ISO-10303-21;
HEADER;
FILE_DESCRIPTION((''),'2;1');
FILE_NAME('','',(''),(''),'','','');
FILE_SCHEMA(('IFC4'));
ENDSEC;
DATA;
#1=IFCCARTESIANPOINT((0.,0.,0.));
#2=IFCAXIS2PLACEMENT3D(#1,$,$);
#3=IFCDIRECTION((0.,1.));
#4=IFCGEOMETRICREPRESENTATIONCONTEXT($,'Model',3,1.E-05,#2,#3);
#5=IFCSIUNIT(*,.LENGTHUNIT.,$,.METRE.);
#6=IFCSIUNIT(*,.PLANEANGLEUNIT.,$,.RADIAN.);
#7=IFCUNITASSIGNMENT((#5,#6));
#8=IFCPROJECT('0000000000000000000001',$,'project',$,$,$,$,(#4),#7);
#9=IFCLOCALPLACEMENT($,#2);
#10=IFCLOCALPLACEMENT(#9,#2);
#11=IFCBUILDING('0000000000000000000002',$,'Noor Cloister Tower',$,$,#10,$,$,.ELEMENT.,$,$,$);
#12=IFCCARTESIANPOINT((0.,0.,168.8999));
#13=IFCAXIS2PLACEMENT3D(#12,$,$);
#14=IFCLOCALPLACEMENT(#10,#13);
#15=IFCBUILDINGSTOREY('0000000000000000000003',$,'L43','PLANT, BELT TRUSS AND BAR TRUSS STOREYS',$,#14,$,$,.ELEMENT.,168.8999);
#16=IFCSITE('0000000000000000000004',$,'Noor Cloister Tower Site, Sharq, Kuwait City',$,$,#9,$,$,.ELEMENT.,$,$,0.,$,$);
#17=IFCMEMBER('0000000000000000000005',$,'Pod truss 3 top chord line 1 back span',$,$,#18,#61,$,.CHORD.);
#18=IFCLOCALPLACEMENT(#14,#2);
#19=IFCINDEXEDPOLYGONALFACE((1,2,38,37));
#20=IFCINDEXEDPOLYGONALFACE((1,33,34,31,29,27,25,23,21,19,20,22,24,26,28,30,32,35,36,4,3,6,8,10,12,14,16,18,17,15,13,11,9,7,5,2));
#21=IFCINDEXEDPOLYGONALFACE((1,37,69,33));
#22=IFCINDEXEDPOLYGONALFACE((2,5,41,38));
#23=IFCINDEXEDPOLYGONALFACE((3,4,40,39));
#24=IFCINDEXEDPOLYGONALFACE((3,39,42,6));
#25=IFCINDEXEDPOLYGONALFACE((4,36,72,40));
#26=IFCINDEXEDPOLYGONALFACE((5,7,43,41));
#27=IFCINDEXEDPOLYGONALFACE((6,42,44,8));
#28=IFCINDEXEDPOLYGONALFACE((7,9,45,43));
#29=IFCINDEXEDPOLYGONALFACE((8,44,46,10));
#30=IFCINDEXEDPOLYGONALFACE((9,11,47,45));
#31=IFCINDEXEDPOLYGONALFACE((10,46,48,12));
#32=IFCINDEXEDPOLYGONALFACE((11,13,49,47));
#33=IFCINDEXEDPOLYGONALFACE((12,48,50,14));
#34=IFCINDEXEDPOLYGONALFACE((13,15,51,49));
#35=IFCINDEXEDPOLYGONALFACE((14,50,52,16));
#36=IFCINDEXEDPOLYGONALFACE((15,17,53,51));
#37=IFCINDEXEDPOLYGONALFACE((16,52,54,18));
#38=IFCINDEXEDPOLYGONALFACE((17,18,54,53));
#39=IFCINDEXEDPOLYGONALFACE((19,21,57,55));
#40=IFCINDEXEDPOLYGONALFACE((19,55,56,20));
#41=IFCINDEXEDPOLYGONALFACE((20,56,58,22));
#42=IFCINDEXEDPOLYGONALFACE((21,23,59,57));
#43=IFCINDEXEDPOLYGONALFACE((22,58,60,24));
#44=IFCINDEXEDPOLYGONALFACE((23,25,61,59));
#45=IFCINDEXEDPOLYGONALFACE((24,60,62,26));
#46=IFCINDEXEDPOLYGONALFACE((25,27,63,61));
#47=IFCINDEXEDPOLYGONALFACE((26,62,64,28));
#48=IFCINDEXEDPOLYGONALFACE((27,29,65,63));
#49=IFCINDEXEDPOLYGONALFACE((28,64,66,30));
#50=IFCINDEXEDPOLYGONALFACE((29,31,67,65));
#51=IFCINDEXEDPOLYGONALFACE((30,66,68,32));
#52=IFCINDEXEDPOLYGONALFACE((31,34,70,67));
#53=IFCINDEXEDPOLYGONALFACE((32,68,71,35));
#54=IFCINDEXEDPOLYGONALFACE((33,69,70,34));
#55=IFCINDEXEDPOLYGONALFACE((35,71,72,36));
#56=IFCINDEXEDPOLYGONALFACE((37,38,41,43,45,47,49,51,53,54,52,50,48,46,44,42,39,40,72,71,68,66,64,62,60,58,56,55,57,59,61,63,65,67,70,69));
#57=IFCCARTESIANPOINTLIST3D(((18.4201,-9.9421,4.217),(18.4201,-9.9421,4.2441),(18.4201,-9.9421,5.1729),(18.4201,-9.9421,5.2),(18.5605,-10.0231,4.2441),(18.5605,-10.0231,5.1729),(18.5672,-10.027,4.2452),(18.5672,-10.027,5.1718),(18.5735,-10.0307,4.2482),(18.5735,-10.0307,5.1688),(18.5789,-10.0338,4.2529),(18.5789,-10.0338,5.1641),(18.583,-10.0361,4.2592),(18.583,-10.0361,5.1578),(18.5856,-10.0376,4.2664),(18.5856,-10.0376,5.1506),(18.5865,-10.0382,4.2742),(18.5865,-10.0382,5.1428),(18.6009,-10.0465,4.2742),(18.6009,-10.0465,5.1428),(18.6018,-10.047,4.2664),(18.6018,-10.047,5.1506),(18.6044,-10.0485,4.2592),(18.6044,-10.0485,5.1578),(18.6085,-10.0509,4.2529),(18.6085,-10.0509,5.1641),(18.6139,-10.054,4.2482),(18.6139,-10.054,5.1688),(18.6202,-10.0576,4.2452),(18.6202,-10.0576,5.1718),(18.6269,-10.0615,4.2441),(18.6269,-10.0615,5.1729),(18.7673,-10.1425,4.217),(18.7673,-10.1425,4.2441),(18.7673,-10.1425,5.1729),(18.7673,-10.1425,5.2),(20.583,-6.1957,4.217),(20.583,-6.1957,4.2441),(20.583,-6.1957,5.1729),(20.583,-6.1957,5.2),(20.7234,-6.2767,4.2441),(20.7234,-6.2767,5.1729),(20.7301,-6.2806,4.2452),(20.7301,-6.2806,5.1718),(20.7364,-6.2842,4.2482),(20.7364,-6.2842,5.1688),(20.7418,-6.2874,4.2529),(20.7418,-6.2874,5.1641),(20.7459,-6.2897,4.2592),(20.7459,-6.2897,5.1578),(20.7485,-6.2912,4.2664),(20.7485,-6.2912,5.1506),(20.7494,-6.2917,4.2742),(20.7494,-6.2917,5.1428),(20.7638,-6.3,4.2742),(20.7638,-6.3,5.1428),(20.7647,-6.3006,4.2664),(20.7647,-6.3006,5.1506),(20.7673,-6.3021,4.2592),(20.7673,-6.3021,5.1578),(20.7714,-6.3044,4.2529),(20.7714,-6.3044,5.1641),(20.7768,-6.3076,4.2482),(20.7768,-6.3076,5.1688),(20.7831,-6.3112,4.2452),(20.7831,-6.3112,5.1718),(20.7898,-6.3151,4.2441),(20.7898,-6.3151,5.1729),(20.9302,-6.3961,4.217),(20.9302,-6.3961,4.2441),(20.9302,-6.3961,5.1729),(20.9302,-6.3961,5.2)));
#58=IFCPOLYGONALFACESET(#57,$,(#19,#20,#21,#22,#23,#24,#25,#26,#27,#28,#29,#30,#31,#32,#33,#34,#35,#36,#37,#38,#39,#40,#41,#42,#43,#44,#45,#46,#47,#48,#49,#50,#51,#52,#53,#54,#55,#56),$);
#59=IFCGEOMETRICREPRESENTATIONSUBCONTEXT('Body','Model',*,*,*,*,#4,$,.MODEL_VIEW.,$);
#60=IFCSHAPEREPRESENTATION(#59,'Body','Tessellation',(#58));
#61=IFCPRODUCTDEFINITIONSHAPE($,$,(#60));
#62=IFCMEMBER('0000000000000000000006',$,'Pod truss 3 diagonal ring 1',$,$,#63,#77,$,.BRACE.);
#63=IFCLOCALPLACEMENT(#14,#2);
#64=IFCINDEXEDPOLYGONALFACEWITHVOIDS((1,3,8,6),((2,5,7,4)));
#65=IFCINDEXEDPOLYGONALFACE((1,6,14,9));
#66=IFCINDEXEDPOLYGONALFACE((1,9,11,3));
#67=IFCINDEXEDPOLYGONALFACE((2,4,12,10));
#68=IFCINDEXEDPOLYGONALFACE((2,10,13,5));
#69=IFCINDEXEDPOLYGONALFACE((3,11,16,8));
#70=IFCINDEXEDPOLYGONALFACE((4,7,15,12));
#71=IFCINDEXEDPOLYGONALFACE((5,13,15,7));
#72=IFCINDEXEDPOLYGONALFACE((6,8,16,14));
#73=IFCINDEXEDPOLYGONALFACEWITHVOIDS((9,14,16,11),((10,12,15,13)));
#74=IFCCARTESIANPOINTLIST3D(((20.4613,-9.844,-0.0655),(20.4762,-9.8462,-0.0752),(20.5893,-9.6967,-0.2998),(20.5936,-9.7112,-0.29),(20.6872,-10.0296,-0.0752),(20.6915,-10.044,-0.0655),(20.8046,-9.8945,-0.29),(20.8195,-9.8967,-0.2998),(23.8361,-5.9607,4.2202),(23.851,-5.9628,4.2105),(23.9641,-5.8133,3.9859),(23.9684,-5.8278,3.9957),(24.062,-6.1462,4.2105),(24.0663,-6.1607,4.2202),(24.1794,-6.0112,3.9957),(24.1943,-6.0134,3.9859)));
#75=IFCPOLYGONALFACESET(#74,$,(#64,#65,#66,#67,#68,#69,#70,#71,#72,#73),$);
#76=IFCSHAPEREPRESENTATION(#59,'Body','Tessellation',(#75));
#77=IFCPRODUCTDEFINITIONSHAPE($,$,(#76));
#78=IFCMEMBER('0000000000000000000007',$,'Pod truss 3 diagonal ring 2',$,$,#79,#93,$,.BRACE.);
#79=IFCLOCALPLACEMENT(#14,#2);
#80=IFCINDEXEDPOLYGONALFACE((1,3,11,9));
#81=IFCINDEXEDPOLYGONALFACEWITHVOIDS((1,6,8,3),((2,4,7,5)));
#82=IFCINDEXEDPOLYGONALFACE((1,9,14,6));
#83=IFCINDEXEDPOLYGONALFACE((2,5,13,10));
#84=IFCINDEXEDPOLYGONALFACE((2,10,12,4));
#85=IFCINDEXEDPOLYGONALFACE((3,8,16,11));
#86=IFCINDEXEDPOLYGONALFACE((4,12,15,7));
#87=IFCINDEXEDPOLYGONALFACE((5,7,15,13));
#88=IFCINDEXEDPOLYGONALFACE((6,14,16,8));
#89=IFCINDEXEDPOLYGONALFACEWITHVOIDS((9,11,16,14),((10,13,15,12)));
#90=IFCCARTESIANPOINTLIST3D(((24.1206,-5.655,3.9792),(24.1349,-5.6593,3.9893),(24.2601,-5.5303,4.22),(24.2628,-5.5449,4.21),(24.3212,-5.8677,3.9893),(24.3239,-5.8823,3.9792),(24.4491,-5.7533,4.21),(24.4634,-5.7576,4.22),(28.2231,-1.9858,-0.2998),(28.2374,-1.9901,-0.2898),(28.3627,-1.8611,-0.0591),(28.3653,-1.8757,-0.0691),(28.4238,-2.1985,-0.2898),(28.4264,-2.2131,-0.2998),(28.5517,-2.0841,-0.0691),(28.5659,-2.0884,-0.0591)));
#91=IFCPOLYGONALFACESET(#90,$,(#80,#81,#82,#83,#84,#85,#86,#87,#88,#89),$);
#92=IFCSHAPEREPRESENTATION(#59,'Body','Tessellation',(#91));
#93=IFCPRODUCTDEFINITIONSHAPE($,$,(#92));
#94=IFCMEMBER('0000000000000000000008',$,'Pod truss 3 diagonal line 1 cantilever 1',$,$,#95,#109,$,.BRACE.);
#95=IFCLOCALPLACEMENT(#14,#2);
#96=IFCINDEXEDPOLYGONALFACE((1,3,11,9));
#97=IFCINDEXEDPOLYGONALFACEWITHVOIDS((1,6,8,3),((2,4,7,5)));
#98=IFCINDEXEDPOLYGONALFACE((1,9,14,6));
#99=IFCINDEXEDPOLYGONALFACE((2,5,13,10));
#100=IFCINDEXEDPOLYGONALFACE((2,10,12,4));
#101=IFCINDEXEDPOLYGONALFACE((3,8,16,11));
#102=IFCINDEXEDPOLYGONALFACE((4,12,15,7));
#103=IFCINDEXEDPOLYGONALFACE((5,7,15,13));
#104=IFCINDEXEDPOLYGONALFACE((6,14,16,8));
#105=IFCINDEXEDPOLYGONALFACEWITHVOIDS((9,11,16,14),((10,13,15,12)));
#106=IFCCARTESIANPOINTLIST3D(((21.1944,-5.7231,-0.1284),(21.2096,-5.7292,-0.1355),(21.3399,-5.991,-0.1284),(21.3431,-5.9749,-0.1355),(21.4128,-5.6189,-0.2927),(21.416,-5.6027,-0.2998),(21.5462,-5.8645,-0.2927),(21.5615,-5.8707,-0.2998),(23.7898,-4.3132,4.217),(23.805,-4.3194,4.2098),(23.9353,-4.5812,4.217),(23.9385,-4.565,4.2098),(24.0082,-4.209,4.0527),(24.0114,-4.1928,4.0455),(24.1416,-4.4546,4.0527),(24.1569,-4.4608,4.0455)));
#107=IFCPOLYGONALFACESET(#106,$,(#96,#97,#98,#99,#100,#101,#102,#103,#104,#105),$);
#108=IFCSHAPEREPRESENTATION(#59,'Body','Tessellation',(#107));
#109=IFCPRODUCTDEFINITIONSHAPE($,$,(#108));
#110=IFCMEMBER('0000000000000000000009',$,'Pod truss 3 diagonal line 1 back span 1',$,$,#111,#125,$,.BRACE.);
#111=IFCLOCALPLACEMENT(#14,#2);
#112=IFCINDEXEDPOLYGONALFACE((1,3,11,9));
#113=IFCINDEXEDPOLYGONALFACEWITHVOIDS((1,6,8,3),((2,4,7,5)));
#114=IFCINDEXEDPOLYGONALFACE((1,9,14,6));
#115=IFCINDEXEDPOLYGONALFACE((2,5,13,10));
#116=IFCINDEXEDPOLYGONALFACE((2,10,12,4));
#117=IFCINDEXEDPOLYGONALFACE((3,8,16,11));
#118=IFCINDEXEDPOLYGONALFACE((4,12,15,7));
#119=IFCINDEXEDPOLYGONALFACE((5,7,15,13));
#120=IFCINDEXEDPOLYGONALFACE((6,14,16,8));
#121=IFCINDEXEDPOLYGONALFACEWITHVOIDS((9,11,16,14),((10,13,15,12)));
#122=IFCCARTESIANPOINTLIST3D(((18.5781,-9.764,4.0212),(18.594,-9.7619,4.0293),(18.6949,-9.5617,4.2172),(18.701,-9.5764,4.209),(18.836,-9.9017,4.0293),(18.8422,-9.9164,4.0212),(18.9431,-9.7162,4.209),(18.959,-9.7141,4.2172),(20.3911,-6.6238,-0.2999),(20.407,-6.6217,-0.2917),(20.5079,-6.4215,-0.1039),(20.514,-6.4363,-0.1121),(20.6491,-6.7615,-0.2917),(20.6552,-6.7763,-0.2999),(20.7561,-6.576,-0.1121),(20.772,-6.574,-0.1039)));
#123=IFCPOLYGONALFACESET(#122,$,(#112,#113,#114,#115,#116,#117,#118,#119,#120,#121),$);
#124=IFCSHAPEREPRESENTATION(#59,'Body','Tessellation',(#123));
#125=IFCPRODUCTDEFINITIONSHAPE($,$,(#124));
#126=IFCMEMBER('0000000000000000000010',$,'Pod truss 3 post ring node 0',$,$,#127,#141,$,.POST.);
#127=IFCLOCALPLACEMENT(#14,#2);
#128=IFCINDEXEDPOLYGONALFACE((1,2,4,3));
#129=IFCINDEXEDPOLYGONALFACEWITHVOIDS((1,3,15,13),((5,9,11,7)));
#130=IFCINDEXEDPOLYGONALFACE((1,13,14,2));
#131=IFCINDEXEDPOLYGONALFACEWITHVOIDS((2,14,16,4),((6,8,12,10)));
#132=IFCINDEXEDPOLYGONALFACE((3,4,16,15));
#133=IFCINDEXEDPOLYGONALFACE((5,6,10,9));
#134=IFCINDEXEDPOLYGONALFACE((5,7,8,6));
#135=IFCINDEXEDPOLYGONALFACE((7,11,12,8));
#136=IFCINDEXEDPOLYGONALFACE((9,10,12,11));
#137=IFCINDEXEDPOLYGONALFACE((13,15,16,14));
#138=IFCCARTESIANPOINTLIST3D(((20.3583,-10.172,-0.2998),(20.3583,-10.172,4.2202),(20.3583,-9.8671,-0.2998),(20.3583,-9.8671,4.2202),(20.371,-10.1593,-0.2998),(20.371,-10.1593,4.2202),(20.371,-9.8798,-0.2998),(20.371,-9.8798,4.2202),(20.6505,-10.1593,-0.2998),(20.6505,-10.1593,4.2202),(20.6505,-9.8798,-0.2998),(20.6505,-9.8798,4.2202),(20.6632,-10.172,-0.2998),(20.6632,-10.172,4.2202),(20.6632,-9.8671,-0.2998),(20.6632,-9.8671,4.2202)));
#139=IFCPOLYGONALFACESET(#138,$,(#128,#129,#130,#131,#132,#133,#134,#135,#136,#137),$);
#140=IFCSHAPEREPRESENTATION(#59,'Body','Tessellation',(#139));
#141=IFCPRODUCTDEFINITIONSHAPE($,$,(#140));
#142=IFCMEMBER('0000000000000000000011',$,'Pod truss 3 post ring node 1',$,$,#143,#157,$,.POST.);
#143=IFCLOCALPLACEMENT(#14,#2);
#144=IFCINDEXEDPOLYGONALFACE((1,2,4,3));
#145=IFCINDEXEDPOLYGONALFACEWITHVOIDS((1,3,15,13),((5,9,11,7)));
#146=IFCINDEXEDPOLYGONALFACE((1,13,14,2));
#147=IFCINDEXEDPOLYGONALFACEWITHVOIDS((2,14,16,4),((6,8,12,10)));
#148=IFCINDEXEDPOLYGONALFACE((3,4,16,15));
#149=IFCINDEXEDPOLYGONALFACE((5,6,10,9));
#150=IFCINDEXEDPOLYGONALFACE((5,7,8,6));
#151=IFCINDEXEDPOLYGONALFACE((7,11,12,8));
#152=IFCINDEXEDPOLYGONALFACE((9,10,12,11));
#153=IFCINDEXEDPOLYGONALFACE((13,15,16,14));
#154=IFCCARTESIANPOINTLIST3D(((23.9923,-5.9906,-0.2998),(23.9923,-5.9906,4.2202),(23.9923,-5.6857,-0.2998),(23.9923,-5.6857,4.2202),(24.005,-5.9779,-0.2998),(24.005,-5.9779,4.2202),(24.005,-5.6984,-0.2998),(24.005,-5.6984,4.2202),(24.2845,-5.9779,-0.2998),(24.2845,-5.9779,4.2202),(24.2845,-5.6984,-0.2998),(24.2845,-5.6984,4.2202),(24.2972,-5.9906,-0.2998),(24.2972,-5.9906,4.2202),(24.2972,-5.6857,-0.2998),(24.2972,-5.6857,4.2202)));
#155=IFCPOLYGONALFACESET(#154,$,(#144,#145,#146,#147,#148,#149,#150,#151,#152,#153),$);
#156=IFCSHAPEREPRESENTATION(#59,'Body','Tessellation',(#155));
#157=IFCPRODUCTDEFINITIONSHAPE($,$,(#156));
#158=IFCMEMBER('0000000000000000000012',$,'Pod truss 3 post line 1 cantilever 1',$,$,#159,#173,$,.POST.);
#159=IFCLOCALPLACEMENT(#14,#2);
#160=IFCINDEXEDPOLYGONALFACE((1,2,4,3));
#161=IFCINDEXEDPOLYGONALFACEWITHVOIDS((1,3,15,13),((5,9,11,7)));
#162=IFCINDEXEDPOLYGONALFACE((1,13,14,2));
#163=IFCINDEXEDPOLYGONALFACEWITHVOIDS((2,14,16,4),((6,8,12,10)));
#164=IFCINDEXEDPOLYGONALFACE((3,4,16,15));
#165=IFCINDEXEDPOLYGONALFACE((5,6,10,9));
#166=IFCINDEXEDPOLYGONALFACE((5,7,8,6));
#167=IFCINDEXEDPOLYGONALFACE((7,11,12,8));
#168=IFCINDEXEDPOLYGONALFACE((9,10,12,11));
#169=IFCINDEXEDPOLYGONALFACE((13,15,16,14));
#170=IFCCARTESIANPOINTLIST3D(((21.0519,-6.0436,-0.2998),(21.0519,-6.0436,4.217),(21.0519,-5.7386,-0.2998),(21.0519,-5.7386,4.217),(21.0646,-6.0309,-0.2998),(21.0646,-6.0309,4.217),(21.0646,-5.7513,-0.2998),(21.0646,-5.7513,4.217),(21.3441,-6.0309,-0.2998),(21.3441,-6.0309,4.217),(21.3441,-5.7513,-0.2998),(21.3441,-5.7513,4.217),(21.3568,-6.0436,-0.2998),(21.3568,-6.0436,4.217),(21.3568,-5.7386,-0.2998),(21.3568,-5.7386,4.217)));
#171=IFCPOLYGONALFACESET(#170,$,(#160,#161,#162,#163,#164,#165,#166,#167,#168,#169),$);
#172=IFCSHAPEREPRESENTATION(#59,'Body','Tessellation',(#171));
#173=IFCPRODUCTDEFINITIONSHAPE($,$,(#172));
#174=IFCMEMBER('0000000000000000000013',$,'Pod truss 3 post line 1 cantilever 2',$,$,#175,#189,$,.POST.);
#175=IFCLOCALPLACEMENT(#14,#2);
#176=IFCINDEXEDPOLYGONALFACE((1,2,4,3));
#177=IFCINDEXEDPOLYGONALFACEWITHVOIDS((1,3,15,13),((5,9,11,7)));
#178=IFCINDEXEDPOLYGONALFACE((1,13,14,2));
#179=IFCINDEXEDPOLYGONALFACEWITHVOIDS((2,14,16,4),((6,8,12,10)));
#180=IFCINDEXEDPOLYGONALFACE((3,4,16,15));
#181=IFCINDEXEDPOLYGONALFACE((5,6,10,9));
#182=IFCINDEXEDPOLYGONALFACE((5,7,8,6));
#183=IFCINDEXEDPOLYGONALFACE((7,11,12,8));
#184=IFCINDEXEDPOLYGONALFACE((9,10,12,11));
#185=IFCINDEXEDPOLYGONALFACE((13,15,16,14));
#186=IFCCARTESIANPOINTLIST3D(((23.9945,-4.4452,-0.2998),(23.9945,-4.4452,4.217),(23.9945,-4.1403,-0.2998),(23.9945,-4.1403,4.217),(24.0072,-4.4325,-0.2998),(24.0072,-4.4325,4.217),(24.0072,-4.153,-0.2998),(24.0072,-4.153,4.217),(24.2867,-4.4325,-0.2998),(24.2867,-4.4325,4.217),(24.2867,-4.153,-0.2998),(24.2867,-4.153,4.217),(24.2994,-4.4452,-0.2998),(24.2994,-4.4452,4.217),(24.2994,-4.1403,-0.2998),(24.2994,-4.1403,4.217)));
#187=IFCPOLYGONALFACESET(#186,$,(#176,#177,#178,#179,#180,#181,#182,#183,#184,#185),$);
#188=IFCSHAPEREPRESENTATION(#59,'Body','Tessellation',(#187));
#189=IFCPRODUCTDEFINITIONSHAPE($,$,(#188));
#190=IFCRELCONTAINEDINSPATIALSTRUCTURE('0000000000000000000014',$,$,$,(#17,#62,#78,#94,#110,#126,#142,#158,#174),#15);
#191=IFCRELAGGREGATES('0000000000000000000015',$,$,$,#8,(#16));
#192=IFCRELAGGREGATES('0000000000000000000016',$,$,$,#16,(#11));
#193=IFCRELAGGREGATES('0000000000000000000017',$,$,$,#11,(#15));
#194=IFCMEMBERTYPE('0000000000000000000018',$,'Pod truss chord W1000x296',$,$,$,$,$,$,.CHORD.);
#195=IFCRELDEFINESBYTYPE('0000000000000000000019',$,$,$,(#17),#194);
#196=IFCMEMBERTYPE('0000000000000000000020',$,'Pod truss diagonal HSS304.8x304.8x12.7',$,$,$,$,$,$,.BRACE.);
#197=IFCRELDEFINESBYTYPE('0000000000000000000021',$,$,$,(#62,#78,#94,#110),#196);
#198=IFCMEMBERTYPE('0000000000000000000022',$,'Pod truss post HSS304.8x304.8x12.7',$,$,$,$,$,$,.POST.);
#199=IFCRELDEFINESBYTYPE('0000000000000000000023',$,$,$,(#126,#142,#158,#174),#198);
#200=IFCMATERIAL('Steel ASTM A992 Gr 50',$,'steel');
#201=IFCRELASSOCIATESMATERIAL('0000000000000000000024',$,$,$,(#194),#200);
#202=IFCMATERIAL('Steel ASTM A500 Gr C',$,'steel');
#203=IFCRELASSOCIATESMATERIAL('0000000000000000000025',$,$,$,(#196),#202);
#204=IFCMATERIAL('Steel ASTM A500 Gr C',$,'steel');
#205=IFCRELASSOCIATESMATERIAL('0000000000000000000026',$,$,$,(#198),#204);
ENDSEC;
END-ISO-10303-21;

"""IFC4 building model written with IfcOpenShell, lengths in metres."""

from ifc_helpers import new_model, si_unit, direction, frame, origin, origin_2d, place, context, subcontext, project, spatial, hollow_rectangle, i_section, extrude, material, material_profile, profile_set, type_object, element, save


model = new_model("IFC4")

# Units and contexts
model_context = context("Model", 3, precision=1e-05, world=origin(), true_north=direction((0.0, 1.0)))
body_context = subcontext(model_context, "Body", "Model", "MODEL_VIEW")
ifc_project = project(units=[si_unit("LENGTHUNIT", "METRE"), si_unit("PLANEANGLEUNIT", "RADIAN")], contexts=[model_context])

# Site, building, storey
site_placement = place(None, origin())
site = spatial("IfcSite", under=ifc_project, at=site_placement, Name="Noor Cloister Tower Site, Sharq, Kuwait City", CompositionType="ELEMENT", RefElevation=0.0)
building_placement = place(site_placement, origin())
building = spatial("IfcBuilding", under=site, at=building_placement, Name="Noor Cloister Tower", CompositionType="ELEMENT")
storey_placement = place(building_placement, frame((0.0, 0.0, 168.8999)))
storey = spatial("IfcBuildingStorey", under=building, at=storey_placement, Name="L43", Description="PLANT, BELT TRUSS AND BAR TRUSS STOREYS", CompositionType="ELEMENT", Elevation=168.8999)

# Members
ifc_material_1 = material(Name="Steel ASTM A992 Gr 50", Category="steel")
ifc_material_profile_1 = material_profile(ifc_material_1, i_section(OverallWidth=0.4009, OverallDepth=0.9829, WebThickness=0.0166, FlangeThickness=0.0271, FilletRadius=0.03, at=origin_2d()), Name="W1000x296")
ifc_profile_set_1 = profile_set([ifc_material_profile_1], Name="Steel ASTM A992 Gr 50")
member_type_1 = type_object("IfcMemberType", Name="Pod truss chord W1000x296", PredefinedType="CHORD", material=ifc_profile_set_1)
member_1_placement = place(storey_placement, frame((20.7566, -6.2959, 4.7085), z_axis=(-0.499981, -0.866036, 0.0), x_axis=(0.866036, -0.499981, 0.0)))
element("IfcMember", 1, at=member_1_placement, inside=storey, type_object=member_type_1, Name="Pod truss 3 top chord line 1 back span", PredefinedType="CHORD", context=body_context, shape_type="SweptSolid", body=[
    extrude(i_section(OverallWidth=0.4009, OverallDepth=0.9829, WebThickness=0.0166, FlangeThickness=0.0271, FilletRadius=0.03, at=origin_2d()), origin(), (0.0, 0.0, 1.0), 4.3259),
])
ifc_material_2 = material(Name="Steel ASTM A500 Gr C", Category="steel")
ifc_material_profile_2 = material_profile(ifc_material_2, hollow_rectangle(XDim=0.3049, YDim=0.3049, WallThickness=0.0127, at=origin_2d()), Name="HSS304.8x304.8x12.7")
ifc_profile_set_2 = profile_set([ifc_material_profile_2], Name="Steel ASTM A500 Gr C")
member_type_2 = type_object("IfcMemberType", Name="Pod truss diagonal HSS304.8x304.8x12.7", PredefinedType="BRACE", material=ifc_profile_set_2)
member_2_placement = place(storey_placement, frame((20.6404, -9.8704, -0.1826), z_axis=(0.504, 0.579948, 0.640035), x_axis=(-0.754801, 0.655954, 0.0)))
element("IfcMember", 2, at=member_2_placement, inside=storey, type_object=member_type_2, Name="Pod truss 3 diagonal ring 1", PredefinedType="BRACE", context=body_context, shape_type="SweptSolid", body=[
    extrude(hollow_rectangle(XDim=0.3049, YDim=0.3049, WallThickness=0.0127, at=origin_2d()), origin(), (0.0, 0.0, 1.0), 6.696),
])
member_3_placement = place(storey_placement, frame((24.292, -5.7063, 4.0996), z_axis=(0.588459, 0.526301, -0.613778), x_axis=(-0.666643, 0.745377, 0.0)))
element("IfcMember", 3, at=member_3_placement, inside=storey, type_object=member_type_2, Name="Pod truss 3 diagonal ring 2", PredefinedType="BRACE", context=body_context, shape_type="SweptSolid", body=[
    extrude(hollow_rectangle(XDim=0.3049, YDim=0.3049, WallThickness=0.0127, at=origin_2d()), origin(), (0.0, 0.0, 1.0), 6.9717),
])
member_4_placement = place(storey_placement, frame((21.3779, -5.7969, -0.2141), z_axis=(0.493972, 0.268337, 0.827035), x_axis=(-0.47734, 0.878719, 0.0)))
element("IfcMember", 4, at=member_4_placement, inside=storey, type_object=member_type_2, Name="Pod truss 3 diagonal line 1 cantilever 1", PredefinedType="BRACE", context=body_context, shape_type="SweptSolid", body=[
    extrude(hollow_rectangle(XDim=0.3049, YDim=0.3049, WallThickness=0.0127, at=origin_2d()), origin(), (0.0, 0.0, 1.0), 5.2542),
])
member_5_placement = place(storey_placement, frame((20.5815, -6.5989, -0.2019), z_axis=(-0.321405, -0.556681, 0.766032), x_axis=(0.866022, -0.500006, 0.0)))
element("IfcMember", 5, at=member_5_placement, inside=storey, type_object=member_type_2, Name="Pod truss 3 diagonal line 1 back span 1", PredefinedType="BRACE", context=body_context, shape_type="SweptSolid", body=[
    extrude(hollow_rectangle(XDim=0.3049, YDim=0.3049, WallThickness=0.0127, at=origin_2d()), origin(), (0.0, 0.0, 1.0), 5.6409),
])
ifc_material_3 = material(Name="Steel ASTM A500 Gr C", Category="steel")
ifc_material_profile_3 = material_profile(ifc_material_3, hollow_rectangle(XDim=0.3049, YDim=0.3049, WallThickness=0.0127, at=origin_2d()), Name="HSS304.8x304.8x12.7")
ifc_profile_set_3 = profile_set([ifc_material_profile_3], Name="Steel ASTM A500 Gr C")
member_type_3 = type_object("IfcMemberType", Name="Pod truss post HSS304.8x304.8x12.7", PredefinedType="POST", material=ifc_profile_set_3)
for number, where, z_axis, x_axis, name in (
    (6, (20.5107, -10.0195, -0.2998), (0.0, 0.0, 1.0), (1.0, 0.0, 0.0), "Pod truss 3 post ring node 0"),
    (7, (24.1448, -5.8381, -0.2998), (0.0, 0.0, 1.0), (1.0, 0.0, 0.0), "Pod truss 3 post ring node 1"),
):
    element("IfcMember", number, at=place(storey_placement, frame(where, z_axis=z_axis, x_axis=x_axis)), inside=storey, type_object=member_type_3, Name=name, PredefinedType="POST", context=body_context, shape_type="SweptSolid", body=[
        extrude(hollow_rectangle(XDim=0.3049, YDim=0.3049, WallThickness=0.0127, at=origin_2d()), origin(), (0.0, 0.0, 1.0), 4.52),
    ])
for number, where, z_axis, x_axis, name in (
    (8, (21.2043, -5.8911, -0.2998), (0.0, 0.0, 1.0), (1.0, 0.0, 0.0), "Pod truss 3 post line 1 cantilever 1"),
    (9, (24.147, -4.2927, -0.2998), (0.0, 0.0, 1.0), (1.0, 0.0, 0.0), "Pod truss 3 post line 1 cantilever 2"),
):
    element("IfcMember", number, at=place(storey_placement, frame(where, z_axis=z_axis, x_axis=x_axis)), inside=storey, type_object=member_type_3, Name=name, PredefinedType="POST", context=body_context, shape_type="SweptSolid", body=[
        extrude(hollow_rectangle(XDim=0.3049, YDim=0.3049, WallThickness=0.0127, at=origin_2d()), origin(), (0.0, 0.0, 1.0), 4.5168),
    ])

save(model, "model.ifc")
